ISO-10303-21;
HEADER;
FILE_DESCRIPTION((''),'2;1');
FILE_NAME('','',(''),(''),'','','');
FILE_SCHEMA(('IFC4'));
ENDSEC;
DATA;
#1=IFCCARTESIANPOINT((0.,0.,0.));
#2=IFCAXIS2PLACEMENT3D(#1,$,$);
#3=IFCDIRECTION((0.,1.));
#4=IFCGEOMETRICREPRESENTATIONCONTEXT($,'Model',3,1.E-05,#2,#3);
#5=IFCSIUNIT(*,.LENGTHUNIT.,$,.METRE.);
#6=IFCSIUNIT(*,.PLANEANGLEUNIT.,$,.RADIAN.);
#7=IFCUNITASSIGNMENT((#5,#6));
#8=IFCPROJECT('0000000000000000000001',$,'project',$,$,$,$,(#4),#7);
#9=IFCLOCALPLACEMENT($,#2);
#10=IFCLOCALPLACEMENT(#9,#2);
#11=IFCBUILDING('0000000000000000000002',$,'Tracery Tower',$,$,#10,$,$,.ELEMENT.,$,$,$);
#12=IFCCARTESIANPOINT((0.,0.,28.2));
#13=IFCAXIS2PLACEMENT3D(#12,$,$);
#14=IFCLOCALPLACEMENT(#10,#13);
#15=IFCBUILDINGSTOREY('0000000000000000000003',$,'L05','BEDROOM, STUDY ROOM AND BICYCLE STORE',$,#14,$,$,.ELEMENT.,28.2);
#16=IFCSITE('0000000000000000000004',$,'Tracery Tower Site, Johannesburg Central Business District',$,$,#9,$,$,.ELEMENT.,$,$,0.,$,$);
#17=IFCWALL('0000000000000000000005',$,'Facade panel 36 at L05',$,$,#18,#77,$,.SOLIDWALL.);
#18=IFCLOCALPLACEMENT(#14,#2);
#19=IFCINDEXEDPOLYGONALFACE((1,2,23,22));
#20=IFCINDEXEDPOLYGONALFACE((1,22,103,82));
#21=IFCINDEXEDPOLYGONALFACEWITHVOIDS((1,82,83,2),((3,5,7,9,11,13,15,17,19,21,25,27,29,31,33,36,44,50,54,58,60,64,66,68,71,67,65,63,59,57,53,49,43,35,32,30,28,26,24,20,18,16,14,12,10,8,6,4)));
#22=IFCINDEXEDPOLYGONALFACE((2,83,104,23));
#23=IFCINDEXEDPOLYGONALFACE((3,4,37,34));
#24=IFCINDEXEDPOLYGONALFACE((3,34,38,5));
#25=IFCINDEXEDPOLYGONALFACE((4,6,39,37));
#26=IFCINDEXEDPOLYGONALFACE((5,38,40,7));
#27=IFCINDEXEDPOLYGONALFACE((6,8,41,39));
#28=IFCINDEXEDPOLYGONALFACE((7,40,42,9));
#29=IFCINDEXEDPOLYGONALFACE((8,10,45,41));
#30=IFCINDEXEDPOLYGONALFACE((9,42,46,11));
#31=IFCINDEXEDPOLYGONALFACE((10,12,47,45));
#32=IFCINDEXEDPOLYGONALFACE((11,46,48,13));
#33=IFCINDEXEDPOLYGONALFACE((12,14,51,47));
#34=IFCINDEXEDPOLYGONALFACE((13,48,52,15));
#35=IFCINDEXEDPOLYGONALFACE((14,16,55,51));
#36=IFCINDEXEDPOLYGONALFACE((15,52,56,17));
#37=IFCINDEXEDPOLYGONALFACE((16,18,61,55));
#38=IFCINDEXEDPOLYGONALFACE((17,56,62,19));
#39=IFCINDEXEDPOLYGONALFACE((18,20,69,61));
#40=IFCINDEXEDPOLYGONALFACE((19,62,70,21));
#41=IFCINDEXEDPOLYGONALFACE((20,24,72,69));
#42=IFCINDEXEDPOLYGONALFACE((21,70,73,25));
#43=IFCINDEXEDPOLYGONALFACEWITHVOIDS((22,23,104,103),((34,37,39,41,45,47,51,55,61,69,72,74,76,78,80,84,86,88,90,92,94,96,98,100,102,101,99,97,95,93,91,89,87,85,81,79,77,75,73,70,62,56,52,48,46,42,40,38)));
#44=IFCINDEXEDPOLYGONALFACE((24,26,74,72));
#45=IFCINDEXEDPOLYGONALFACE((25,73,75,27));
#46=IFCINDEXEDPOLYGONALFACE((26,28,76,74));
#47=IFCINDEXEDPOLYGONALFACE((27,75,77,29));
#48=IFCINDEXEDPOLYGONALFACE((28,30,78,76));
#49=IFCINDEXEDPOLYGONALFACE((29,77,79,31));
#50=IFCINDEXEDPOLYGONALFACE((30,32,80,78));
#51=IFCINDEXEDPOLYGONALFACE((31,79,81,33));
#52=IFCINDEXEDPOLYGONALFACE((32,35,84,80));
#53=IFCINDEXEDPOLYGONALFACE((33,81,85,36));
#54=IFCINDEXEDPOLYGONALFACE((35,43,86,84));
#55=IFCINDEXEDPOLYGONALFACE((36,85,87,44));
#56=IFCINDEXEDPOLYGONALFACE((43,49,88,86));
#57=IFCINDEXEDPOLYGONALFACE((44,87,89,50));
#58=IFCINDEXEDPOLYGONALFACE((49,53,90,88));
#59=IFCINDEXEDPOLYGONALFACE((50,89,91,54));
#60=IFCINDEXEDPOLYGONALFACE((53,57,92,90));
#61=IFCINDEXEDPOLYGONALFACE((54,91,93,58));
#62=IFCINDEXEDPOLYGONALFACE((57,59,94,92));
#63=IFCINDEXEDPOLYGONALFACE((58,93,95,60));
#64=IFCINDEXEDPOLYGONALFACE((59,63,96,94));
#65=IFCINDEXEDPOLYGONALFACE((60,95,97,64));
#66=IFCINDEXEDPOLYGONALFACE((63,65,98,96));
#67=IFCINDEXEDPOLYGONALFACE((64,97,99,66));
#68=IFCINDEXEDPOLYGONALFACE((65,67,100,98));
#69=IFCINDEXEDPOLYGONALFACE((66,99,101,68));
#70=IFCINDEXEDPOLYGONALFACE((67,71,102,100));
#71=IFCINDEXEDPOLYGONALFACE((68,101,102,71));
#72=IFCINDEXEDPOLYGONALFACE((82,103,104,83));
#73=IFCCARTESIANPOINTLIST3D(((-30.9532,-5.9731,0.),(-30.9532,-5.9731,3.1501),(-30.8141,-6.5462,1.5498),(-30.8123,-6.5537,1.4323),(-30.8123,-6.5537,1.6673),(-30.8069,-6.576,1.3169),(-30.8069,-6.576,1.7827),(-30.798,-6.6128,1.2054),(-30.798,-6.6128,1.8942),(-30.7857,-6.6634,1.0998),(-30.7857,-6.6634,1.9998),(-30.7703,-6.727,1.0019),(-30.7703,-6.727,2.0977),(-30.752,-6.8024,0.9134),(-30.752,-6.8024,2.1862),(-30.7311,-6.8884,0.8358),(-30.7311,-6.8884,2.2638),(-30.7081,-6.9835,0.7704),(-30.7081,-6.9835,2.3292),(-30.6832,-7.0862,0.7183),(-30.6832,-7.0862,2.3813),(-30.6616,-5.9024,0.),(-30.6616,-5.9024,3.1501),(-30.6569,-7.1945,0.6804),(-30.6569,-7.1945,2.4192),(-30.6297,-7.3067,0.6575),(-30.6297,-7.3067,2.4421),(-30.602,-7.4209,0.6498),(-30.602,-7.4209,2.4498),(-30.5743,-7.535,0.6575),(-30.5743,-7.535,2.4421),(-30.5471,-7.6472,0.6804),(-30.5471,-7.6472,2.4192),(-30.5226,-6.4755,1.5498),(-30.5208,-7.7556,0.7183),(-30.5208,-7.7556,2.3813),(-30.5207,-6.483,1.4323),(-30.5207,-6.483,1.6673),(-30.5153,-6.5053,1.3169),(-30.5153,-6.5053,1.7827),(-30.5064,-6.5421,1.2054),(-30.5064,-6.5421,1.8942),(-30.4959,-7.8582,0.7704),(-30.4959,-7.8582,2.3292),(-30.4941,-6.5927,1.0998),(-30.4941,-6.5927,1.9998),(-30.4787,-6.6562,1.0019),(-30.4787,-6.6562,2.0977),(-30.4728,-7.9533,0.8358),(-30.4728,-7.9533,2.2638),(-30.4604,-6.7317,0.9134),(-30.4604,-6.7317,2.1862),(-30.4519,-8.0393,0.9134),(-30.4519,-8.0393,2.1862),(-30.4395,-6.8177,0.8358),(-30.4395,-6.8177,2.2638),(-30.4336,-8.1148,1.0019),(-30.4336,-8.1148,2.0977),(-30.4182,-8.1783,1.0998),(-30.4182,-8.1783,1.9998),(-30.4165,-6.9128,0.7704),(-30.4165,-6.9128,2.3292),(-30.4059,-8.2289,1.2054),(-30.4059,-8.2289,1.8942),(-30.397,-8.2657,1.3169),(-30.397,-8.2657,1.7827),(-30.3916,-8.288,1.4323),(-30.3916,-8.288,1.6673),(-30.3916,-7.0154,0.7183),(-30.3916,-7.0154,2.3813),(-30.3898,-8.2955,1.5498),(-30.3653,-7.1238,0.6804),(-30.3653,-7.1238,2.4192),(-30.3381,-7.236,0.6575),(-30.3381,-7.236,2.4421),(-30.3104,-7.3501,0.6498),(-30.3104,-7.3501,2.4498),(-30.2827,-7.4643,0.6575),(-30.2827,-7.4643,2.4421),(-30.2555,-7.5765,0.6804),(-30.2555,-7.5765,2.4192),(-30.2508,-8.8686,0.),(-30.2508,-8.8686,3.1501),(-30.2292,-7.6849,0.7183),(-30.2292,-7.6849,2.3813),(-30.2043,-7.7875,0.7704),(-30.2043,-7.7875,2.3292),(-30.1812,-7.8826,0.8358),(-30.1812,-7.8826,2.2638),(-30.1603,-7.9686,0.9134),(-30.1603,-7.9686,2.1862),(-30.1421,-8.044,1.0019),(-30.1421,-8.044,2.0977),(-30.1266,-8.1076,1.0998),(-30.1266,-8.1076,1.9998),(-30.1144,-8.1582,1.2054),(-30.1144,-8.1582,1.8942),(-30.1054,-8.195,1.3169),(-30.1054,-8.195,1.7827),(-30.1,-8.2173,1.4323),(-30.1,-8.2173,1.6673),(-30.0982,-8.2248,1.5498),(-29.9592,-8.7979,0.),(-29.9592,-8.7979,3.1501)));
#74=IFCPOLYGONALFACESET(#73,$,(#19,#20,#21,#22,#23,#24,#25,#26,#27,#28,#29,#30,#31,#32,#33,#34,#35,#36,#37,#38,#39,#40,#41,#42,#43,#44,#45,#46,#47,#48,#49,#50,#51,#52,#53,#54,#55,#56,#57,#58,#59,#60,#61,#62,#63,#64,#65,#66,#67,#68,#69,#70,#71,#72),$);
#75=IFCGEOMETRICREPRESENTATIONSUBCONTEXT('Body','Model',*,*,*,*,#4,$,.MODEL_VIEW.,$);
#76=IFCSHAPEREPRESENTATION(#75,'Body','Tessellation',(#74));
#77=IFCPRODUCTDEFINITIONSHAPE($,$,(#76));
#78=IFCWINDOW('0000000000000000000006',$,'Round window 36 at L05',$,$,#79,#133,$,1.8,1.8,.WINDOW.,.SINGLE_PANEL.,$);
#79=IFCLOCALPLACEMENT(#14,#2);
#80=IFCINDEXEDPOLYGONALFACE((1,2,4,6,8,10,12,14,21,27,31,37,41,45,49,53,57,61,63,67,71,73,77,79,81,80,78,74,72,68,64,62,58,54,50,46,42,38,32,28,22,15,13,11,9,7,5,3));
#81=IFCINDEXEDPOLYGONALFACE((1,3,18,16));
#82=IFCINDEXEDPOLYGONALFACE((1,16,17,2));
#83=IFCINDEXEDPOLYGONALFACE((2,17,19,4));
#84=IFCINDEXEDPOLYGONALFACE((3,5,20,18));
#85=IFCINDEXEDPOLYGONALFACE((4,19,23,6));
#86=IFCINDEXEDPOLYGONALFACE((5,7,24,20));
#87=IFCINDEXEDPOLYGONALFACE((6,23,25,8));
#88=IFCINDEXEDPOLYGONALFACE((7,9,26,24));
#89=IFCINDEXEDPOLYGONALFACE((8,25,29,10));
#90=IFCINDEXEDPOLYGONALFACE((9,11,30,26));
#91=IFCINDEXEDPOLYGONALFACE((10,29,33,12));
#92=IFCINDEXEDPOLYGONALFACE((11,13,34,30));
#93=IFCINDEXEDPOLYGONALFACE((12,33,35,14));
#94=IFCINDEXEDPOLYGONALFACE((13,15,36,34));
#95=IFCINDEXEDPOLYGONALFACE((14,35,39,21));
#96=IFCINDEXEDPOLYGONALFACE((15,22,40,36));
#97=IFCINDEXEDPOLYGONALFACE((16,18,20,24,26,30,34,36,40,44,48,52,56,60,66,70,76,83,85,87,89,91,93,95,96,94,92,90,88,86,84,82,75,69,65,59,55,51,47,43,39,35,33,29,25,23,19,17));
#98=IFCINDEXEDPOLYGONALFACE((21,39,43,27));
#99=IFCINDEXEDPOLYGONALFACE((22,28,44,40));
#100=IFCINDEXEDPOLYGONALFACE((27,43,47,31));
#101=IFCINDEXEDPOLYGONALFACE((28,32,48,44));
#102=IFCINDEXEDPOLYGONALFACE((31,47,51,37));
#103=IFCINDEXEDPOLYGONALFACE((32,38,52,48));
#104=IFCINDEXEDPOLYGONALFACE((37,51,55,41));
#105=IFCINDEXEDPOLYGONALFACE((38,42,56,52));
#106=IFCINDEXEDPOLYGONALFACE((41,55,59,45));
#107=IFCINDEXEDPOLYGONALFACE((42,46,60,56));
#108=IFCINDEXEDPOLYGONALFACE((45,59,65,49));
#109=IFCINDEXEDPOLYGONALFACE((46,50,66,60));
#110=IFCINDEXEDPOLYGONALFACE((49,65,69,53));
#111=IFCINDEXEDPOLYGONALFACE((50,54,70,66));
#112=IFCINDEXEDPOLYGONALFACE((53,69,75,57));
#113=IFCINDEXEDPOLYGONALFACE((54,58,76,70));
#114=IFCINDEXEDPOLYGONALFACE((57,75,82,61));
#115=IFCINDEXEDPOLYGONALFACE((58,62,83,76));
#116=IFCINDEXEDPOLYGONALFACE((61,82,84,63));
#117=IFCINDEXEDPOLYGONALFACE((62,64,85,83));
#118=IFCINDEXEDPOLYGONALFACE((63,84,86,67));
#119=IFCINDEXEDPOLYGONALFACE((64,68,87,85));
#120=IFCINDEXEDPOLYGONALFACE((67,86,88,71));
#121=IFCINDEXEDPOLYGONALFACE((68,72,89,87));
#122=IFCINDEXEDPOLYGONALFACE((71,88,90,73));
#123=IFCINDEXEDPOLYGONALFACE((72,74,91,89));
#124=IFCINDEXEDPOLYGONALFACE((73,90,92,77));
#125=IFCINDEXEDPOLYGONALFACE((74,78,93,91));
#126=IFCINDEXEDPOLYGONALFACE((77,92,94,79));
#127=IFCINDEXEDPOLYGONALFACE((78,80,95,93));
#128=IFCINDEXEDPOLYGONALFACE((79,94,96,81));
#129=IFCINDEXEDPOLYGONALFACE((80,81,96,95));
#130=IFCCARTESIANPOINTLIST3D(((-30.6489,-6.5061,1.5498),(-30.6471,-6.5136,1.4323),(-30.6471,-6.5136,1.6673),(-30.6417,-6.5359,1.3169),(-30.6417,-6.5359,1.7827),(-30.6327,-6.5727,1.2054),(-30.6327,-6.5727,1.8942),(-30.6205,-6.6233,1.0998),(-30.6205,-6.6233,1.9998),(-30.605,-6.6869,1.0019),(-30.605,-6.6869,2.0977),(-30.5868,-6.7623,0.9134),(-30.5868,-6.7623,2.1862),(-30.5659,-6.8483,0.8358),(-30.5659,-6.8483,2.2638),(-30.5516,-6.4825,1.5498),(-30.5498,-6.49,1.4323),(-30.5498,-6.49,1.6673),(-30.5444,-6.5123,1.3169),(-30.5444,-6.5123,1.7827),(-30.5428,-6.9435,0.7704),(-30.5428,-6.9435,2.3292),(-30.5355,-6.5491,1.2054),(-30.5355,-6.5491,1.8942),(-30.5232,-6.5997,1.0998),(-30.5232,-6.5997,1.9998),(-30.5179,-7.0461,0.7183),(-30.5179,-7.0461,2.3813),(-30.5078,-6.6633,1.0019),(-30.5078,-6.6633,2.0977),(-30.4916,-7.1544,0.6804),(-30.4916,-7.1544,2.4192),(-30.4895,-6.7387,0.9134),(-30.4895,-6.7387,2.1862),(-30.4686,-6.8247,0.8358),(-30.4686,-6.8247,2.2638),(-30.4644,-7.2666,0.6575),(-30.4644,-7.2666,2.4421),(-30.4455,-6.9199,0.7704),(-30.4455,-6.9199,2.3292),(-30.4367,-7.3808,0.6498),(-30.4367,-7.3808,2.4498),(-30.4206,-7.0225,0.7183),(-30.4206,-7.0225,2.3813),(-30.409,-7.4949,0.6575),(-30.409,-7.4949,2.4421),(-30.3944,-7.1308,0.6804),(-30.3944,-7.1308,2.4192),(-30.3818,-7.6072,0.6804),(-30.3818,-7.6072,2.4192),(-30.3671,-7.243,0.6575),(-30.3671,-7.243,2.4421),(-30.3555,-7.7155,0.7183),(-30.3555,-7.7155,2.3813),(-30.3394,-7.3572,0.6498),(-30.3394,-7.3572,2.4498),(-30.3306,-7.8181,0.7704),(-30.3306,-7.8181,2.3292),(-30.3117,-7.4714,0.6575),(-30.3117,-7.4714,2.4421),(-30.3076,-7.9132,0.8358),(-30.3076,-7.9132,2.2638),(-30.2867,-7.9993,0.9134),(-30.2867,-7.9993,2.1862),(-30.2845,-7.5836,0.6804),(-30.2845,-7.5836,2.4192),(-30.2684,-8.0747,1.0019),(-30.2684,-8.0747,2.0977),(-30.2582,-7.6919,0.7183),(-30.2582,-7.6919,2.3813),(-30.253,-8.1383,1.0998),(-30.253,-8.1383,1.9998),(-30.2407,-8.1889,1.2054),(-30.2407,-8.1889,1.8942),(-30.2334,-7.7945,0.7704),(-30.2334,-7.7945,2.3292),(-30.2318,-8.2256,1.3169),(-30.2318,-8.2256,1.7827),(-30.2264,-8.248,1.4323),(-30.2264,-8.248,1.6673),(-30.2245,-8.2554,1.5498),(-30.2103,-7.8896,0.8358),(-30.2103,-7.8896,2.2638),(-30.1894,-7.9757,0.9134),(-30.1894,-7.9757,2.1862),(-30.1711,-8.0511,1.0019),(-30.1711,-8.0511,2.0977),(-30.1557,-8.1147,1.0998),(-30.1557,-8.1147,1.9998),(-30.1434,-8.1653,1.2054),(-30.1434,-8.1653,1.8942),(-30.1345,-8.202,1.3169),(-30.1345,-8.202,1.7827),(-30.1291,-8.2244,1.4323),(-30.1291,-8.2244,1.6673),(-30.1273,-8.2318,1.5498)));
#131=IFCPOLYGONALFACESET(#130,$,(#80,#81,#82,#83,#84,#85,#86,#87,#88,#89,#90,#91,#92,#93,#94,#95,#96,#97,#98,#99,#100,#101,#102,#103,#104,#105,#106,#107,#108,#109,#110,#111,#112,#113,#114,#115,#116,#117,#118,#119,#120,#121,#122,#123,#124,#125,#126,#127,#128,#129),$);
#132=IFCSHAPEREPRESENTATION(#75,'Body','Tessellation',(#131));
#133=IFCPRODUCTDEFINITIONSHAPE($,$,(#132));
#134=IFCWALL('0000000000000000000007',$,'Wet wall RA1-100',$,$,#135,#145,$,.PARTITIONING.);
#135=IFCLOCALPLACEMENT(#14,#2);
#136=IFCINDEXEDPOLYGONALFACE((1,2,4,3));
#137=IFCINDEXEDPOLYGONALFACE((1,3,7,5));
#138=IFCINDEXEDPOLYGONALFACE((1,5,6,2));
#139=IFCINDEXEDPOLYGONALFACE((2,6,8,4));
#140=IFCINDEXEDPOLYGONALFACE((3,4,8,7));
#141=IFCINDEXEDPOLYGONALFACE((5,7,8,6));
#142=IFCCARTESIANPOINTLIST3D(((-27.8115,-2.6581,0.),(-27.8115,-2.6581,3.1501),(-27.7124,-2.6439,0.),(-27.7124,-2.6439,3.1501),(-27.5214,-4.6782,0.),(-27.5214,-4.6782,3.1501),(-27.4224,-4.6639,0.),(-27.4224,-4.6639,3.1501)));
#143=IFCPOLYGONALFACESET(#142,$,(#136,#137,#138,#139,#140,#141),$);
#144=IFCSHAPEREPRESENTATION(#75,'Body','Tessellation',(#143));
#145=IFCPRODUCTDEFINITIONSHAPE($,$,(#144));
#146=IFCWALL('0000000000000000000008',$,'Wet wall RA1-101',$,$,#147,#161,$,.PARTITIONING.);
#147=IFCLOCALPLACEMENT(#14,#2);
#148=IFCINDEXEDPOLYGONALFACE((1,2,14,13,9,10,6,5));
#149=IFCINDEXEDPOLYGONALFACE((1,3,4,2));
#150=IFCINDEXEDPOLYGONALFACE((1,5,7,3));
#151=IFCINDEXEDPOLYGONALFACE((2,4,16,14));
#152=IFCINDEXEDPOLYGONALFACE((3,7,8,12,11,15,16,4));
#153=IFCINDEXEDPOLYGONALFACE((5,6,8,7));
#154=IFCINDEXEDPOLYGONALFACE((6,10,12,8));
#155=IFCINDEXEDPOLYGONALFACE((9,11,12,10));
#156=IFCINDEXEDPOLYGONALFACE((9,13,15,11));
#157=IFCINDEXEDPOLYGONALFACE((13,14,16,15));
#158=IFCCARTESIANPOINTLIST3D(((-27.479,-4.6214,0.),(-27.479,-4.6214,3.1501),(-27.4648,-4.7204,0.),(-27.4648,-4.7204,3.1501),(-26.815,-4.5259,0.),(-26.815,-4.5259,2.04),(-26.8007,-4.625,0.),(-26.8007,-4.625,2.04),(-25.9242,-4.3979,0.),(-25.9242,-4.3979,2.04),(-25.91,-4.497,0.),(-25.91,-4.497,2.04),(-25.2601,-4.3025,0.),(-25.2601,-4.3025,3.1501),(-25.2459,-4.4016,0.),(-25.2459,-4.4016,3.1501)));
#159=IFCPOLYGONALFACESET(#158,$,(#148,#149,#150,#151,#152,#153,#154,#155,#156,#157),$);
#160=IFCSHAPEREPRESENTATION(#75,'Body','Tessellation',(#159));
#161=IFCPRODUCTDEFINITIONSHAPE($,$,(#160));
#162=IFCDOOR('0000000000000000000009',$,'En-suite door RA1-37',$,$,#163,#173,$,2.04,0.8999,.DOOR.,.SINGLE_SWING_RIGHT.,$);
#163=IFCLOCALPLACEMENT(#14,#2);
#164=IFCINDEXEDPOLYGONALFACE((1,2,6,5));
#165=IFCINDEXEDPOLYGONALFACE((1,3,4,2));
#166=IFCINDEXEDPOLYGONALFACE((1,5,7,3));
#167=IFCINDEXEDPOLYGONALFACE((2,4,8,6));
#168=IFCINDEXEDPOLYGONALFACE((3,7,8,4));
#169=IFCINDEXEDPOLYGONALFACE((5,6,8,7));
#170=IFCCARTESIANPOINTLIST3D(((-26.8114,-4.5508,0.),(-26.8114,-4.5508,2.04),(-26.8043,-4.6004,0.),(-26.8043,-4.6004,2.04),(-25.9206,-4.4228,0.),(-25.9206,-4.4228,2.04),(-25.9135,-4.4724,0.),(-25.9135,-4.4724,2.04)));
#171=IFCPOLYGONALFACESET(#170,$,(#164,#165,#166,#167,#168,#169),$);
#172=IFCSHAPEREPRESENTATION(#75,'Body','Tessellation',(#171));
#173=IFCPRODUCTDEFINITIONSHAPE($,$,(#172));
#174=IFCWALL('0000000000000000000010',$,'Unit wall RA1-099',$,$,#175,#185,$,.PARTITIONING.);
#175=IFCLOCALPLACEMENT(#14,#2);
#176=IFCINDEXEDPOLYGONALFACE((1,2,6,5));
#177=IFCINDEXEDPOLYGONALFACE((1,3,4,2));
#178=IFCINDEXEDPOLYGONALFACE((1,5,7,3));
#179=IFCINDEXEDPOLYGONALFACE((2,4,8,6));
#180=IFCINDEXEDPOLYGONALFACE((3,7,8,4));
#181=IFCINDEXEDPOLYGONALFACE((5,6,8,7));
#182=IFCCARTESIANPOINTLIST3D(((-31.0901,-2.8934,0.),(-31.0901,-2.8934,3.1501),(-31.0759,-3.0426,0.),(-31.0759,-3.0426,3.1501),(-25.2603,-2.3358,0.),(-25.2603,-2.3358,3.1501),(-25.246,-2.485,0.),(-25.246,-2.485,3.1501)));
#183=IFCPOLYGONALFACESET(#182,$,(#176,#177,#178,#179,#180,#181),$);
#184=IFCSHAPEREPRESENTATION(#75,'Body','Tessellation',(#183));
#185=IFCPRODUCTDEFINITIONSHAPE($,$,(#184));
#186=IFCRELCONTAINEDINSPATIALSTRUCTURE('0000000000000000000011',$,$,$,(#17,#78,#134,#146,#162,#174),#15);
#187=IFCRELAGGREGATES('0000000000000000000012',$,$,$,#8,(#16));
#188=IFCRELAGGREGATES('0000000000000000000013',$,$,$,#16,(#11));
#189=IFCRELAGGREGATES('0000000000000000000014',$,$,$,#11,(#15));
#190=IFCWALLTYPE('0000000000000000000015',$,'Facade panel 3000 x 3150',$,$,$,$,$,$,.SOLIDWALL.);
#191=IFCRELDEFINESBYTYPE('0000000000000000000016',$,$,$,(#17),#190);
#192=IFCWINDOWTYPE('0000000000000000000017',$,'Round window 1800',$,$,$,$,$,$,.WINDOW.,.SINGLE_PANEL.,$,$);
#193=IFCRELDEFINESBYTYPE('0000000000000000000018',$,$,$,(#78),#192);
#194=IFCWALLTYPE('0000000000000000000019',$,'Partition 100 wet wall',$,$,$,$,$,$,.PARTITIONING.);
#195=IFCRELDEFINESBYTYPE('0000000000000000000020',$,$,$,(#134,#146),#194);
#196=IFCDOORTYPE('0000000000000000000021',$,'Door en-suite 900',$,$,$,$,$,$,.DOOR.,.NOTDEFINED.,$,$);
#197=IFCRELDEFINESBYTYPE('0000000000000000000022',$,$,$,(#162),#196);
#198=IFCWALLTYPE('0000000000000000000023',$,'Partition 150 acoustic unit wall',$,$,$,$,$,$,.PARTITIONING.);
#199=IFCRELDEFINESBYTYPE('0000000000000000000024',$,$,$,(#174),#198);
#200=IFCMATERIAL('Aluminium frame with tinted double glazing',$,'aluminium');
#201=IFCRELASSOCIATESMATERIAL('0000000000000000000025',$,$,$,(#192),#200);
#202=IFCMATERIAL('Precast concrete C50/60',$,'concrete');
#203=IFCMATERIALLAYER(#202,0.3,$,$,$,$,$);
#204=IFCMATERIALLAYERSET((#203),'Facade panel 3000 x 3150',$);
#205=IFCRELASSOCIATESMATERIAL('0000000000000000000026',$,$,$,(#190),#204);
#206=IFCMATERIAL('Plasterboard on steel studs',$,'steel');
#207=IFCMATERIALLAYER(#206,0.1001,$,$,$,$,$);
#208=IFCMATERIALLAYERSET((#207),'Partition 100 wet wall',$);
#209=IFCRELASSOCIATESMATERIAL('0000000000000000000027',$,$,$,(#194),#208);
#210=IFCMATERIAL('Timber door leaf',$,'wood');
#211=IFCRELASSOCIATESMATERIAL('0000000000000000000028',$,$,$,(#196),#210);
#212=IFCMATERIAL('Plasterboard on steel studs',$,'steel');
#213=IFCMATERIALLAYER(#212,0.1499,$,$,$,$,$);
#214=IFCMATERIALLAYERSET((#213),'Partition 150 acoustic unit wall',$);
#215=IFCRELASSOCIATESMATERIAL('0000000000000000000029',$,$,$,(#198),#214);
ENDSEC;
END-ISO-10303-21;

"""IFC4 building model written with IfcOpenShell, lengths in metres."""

from ifc_helpers import new_model, si_unit, direction, frame, frame_2d, origin, origin_2d, place, context, subcontext, project, spatial, rectangle, circle, extrude, material, layer, layer_set, type_object, element, fill, save


model = new_model("IFC4")

# Units and contexts
model_context = context("Model", 3, precision=1e-05, world=origin(), true_north=direction((0.0, 1.0)))
body_context = subcontext(model_context, "Body", "Model", "MODEL_VIEW")
ifc_project = project(units=[si_unit("LENGTHUNIT", "METRE"), si_unit("PLANEANGLEUNIT", "RADIAN")], contexts=[model_context])

# Site, building, storey
site_placement = place(None, origin())
site = spatial("IfcSite", under=ifc_project, at=site_placement, Name="Tracery Tower Site, Johannesburg Central Business District", CompositionType="ELEMENT", RefElevation=0.0)
building_placement = place(site_placement, origin())
building = spatial("IfcBuilding", under=site, at=building_placement, Name="Tracery Tower", CompositionType="ELEMENT")
storey_placement = place(building_placement, frame((0.0, 0.0, 28.2)))
storey = spatial("IfcBuildingStorey", under=building, at=storey_placement, Name="L05", Description="BEDROOM, STUDY ROOM AND BICYCLE STORE", CompositionType="ELEMENT", Elevation=28.2)

# Wall, opening, window
ifc_material_1 = material(Name="Aluminium frame with tinted double glazing", Category="aluminium")
window_type = type_object("IfcWindowType", Name="Round window 1800", PartitioningType="SINGLE_PANEL", PredefinedType="WINDOW", material=ifc_material_1)
ifc_material_2 = material(Name="Precast concrete C50/60", Category="concrete")
ifc_layer_1 = layer(ifc_material_2, 0.3)
ifc_layer_set_1 = layer_set([ifc_layer_1], Name="Facade panel 3000 x 3150")
wall_type_1 = type_object("IfcWallType", Name="Facade panel 3000 x 3150", PredefinedType="SOLIDWALL", material=ifc_layer_set_1)
wall_1_placement = place(storey_placement, frame((-30.8074, -5.9377, 0.0), z_axis=(0.0, 0.0, 1.0), x_axis=(0.235743, -0.971815, 0.0)))
wall_1 = element("IfcWall", 1, at=wall_1_placement, inside=storey, type_object=wall_type_1, Name="Facade panel 36 at L05", PredefinedType="SOLIDWALL", context=body_context, shape_type="SweptSolid", body=[
    extrude(rectangle(XDim=2.9795, YDim=0.3, at=frame_2d((1.4897, 0.0))), origin(), (0.0, 0.0, 1.0), 3.1501),
])
opening_1_placement = place(wall_1_placement, frame((1.4897, 0.0, 1.5498)))
opening_1 = element("IfcOpeningElement", 2, at=opening_1_placement, cuts=wall_1, PredefinedType="OPENING", context=body_context, shape_type="SweptSolid", body=[
    extrude(circle(Radius=0.9, at=origin_2d()), frame((0.0, 0.1599, 0.0), z_axis=(0.0, -1.0, 0.0), x_axis=(1.0, 0.0, 0.0)), (0.0, 0.0, 1.0), 0.3201),
])
window_1_placement = place(opening_1_placement, origin())
window_1 = element("IfcWindow", 3, at=window_1_placement, inside=storey, type_object=window_type, Name="Round window 36 at L05", OverallHeight=1.8, OverallWidth=1.8, PartitioningType="SINGLE_PANEL", PredefinedType="WINDOW", context=body_context, shape_type="SweptSolid", body=[
    extrude(circle(Radius=0.9, at=origin_2d()), frame((0.0, 0.1201, 0.0), z_axis=(0.0, -1.0, 0.0), x_axis=(1.0, 0.0, 0.0)), (0.0, 0.0, 1.0), 0.1001),
])
fill(opening_1, window_1)

# Wall
ifc_material_3 = material(Name="Plasterboard on steel studs", Category="steel")
ifc_layer_2 = layer(ifc_material_3, 0.1001)
ifc_layer_set_2 = layer_set([ifc_layer_2], Name="Partition 100 wet wall")
wall_type_2 = type_object("IfcWallType", Name="Partition 100 wet wall", PredefinedType="PARTITIONING", material=ifc_layer_set_2)
wall_2_placement = place(storey_placement, frame((-27.762, -2.6509, 0.0), z_axis=(0.0, 0.0, 1.0), x_axis=(0.142125, -0.989849, 0.0)))
element("IfcWall", 4, at=wall_2_placement, inside=storey, type_object=wall_type_2, Name="Wet wall RA1-100", PredefinedType="PARTITIONING", context=body_context, shape_type="SweptSolid", body=[
    extrude(rectangle(XDim=2.0408, YDim=0.1001, at=frame_2d((1.0205, 0.0))), origin(), (0.0, 0.0, 1.0), 3.1501),
])

# Wall, opening, door
wall_3_placement = place(storey_placement, frame((-27.4719, -4.6709, 0.0), z_axis=(0.0, 0.0, 1.0), x_axis=(0.989834, 0.142229, 0.0)))
wall_3 = element("IfcWall", 5, at=wall_3_placement, inside=storey, type_object=wall_type_2, Name="Wet wall RA1-101", PredefinedType="PARTITIONING", context=body_context, shape_type="SweptSolid", body=[
    extrude(rectangle(XDim=2.2417, YDim=0.1001, at=frame_2d((1.1208, 0.0))), origin(), (0.0, 0.0, 1.0), 3.1501),
])
opening_2_placement = place(wall_3_placement, frame((0.6709, 0.0, 0.0)))
opening_2 = element("IfcOpeningElement", 6, at=opening_2_placement, cuts=wall_3, PredefinedType="OPENING", context=body_context, shape_type="SweptSolid", body=[
    extrude(rectangle(XDim=0.8999, YDim=2.04, at=frame_2d((0.45, 1.02))), frame((0.0, 0.05, 0.0), z_axis=(0.0, -1.0, 0.0), x_axis=(1.0, 0.0, 0.0)), (0.0, 0.0, 1.0), 0.1001),
])
ifc_material_4 = material(Name="Timber door leaf", Category="wood")
door_type = type_object("IfcDoorType", Name="Door en-suite 900", OperationType="NOTDEFINED", PredefinedType="DOOR", material=ifc_material_4)
door_placement = place(opening_2_placement, origin())
door = element("IfcDoor", 7, at=door_placement, inside=storey, type_object=door_type, Name="En-suite door RA1-37", OperationType="SINGLE_SWING_RIGHT", OverallHeight=2.04, OverallWidth=0.8999, PredefinedType="DOOR", context=body_context, shape_type="SweptSolid", body=[
    extrude(rectangle(XDim=0.8999, YDim=2.04, at=frame_2d((0.45, 1.02))), frame((0.0, 0.0249, 0.0), z_axis=(0.0, -1.0, 0.0), x_axis=(1.0, 0.0, 0.0)), (0.0, 0.0, 1.0), 0.05),
])
fill(opening_2, door)

# Wall
ifc_material_5 = material(Name="Plasterboard on steel studs", Category="steel")
ifc_layer_3 = layer(ifc_material_5, 0.1499)
ifc_layer_set_3 = layer_set([ifc_layer_3], Name="Partition 150 acoustic unit wall")
wall_type_3 = type_object("IfcWallType", Name="Partition 150 acoustic unit wall", PredefinedType="PARTITIONING", material=ifc_layer_set_3)
wall_4_placement = place(storey_placement, frame((-31.083, -2.968, 0.0), z_axis=(0.0, 0.0, 1.0), x_axis=(0.995457, 0.095214, 0.0)))
element("IfcWall", 8, at=wall_4_placement, inside=storey, type_object=wall_type_3, Name="Unit wall RA1-099", PredefinedType="PARTITIONING", context=body_context, shape_type="SweptSolid", body=[
    extrude(rectangle(XDim=5.8564, YDim=0.1499, at=frame_2d((2.9282, 0.0))), origin(), (0.0, 0.0, 1.0), 3.1501),
])

save(model, "model.ifc")
